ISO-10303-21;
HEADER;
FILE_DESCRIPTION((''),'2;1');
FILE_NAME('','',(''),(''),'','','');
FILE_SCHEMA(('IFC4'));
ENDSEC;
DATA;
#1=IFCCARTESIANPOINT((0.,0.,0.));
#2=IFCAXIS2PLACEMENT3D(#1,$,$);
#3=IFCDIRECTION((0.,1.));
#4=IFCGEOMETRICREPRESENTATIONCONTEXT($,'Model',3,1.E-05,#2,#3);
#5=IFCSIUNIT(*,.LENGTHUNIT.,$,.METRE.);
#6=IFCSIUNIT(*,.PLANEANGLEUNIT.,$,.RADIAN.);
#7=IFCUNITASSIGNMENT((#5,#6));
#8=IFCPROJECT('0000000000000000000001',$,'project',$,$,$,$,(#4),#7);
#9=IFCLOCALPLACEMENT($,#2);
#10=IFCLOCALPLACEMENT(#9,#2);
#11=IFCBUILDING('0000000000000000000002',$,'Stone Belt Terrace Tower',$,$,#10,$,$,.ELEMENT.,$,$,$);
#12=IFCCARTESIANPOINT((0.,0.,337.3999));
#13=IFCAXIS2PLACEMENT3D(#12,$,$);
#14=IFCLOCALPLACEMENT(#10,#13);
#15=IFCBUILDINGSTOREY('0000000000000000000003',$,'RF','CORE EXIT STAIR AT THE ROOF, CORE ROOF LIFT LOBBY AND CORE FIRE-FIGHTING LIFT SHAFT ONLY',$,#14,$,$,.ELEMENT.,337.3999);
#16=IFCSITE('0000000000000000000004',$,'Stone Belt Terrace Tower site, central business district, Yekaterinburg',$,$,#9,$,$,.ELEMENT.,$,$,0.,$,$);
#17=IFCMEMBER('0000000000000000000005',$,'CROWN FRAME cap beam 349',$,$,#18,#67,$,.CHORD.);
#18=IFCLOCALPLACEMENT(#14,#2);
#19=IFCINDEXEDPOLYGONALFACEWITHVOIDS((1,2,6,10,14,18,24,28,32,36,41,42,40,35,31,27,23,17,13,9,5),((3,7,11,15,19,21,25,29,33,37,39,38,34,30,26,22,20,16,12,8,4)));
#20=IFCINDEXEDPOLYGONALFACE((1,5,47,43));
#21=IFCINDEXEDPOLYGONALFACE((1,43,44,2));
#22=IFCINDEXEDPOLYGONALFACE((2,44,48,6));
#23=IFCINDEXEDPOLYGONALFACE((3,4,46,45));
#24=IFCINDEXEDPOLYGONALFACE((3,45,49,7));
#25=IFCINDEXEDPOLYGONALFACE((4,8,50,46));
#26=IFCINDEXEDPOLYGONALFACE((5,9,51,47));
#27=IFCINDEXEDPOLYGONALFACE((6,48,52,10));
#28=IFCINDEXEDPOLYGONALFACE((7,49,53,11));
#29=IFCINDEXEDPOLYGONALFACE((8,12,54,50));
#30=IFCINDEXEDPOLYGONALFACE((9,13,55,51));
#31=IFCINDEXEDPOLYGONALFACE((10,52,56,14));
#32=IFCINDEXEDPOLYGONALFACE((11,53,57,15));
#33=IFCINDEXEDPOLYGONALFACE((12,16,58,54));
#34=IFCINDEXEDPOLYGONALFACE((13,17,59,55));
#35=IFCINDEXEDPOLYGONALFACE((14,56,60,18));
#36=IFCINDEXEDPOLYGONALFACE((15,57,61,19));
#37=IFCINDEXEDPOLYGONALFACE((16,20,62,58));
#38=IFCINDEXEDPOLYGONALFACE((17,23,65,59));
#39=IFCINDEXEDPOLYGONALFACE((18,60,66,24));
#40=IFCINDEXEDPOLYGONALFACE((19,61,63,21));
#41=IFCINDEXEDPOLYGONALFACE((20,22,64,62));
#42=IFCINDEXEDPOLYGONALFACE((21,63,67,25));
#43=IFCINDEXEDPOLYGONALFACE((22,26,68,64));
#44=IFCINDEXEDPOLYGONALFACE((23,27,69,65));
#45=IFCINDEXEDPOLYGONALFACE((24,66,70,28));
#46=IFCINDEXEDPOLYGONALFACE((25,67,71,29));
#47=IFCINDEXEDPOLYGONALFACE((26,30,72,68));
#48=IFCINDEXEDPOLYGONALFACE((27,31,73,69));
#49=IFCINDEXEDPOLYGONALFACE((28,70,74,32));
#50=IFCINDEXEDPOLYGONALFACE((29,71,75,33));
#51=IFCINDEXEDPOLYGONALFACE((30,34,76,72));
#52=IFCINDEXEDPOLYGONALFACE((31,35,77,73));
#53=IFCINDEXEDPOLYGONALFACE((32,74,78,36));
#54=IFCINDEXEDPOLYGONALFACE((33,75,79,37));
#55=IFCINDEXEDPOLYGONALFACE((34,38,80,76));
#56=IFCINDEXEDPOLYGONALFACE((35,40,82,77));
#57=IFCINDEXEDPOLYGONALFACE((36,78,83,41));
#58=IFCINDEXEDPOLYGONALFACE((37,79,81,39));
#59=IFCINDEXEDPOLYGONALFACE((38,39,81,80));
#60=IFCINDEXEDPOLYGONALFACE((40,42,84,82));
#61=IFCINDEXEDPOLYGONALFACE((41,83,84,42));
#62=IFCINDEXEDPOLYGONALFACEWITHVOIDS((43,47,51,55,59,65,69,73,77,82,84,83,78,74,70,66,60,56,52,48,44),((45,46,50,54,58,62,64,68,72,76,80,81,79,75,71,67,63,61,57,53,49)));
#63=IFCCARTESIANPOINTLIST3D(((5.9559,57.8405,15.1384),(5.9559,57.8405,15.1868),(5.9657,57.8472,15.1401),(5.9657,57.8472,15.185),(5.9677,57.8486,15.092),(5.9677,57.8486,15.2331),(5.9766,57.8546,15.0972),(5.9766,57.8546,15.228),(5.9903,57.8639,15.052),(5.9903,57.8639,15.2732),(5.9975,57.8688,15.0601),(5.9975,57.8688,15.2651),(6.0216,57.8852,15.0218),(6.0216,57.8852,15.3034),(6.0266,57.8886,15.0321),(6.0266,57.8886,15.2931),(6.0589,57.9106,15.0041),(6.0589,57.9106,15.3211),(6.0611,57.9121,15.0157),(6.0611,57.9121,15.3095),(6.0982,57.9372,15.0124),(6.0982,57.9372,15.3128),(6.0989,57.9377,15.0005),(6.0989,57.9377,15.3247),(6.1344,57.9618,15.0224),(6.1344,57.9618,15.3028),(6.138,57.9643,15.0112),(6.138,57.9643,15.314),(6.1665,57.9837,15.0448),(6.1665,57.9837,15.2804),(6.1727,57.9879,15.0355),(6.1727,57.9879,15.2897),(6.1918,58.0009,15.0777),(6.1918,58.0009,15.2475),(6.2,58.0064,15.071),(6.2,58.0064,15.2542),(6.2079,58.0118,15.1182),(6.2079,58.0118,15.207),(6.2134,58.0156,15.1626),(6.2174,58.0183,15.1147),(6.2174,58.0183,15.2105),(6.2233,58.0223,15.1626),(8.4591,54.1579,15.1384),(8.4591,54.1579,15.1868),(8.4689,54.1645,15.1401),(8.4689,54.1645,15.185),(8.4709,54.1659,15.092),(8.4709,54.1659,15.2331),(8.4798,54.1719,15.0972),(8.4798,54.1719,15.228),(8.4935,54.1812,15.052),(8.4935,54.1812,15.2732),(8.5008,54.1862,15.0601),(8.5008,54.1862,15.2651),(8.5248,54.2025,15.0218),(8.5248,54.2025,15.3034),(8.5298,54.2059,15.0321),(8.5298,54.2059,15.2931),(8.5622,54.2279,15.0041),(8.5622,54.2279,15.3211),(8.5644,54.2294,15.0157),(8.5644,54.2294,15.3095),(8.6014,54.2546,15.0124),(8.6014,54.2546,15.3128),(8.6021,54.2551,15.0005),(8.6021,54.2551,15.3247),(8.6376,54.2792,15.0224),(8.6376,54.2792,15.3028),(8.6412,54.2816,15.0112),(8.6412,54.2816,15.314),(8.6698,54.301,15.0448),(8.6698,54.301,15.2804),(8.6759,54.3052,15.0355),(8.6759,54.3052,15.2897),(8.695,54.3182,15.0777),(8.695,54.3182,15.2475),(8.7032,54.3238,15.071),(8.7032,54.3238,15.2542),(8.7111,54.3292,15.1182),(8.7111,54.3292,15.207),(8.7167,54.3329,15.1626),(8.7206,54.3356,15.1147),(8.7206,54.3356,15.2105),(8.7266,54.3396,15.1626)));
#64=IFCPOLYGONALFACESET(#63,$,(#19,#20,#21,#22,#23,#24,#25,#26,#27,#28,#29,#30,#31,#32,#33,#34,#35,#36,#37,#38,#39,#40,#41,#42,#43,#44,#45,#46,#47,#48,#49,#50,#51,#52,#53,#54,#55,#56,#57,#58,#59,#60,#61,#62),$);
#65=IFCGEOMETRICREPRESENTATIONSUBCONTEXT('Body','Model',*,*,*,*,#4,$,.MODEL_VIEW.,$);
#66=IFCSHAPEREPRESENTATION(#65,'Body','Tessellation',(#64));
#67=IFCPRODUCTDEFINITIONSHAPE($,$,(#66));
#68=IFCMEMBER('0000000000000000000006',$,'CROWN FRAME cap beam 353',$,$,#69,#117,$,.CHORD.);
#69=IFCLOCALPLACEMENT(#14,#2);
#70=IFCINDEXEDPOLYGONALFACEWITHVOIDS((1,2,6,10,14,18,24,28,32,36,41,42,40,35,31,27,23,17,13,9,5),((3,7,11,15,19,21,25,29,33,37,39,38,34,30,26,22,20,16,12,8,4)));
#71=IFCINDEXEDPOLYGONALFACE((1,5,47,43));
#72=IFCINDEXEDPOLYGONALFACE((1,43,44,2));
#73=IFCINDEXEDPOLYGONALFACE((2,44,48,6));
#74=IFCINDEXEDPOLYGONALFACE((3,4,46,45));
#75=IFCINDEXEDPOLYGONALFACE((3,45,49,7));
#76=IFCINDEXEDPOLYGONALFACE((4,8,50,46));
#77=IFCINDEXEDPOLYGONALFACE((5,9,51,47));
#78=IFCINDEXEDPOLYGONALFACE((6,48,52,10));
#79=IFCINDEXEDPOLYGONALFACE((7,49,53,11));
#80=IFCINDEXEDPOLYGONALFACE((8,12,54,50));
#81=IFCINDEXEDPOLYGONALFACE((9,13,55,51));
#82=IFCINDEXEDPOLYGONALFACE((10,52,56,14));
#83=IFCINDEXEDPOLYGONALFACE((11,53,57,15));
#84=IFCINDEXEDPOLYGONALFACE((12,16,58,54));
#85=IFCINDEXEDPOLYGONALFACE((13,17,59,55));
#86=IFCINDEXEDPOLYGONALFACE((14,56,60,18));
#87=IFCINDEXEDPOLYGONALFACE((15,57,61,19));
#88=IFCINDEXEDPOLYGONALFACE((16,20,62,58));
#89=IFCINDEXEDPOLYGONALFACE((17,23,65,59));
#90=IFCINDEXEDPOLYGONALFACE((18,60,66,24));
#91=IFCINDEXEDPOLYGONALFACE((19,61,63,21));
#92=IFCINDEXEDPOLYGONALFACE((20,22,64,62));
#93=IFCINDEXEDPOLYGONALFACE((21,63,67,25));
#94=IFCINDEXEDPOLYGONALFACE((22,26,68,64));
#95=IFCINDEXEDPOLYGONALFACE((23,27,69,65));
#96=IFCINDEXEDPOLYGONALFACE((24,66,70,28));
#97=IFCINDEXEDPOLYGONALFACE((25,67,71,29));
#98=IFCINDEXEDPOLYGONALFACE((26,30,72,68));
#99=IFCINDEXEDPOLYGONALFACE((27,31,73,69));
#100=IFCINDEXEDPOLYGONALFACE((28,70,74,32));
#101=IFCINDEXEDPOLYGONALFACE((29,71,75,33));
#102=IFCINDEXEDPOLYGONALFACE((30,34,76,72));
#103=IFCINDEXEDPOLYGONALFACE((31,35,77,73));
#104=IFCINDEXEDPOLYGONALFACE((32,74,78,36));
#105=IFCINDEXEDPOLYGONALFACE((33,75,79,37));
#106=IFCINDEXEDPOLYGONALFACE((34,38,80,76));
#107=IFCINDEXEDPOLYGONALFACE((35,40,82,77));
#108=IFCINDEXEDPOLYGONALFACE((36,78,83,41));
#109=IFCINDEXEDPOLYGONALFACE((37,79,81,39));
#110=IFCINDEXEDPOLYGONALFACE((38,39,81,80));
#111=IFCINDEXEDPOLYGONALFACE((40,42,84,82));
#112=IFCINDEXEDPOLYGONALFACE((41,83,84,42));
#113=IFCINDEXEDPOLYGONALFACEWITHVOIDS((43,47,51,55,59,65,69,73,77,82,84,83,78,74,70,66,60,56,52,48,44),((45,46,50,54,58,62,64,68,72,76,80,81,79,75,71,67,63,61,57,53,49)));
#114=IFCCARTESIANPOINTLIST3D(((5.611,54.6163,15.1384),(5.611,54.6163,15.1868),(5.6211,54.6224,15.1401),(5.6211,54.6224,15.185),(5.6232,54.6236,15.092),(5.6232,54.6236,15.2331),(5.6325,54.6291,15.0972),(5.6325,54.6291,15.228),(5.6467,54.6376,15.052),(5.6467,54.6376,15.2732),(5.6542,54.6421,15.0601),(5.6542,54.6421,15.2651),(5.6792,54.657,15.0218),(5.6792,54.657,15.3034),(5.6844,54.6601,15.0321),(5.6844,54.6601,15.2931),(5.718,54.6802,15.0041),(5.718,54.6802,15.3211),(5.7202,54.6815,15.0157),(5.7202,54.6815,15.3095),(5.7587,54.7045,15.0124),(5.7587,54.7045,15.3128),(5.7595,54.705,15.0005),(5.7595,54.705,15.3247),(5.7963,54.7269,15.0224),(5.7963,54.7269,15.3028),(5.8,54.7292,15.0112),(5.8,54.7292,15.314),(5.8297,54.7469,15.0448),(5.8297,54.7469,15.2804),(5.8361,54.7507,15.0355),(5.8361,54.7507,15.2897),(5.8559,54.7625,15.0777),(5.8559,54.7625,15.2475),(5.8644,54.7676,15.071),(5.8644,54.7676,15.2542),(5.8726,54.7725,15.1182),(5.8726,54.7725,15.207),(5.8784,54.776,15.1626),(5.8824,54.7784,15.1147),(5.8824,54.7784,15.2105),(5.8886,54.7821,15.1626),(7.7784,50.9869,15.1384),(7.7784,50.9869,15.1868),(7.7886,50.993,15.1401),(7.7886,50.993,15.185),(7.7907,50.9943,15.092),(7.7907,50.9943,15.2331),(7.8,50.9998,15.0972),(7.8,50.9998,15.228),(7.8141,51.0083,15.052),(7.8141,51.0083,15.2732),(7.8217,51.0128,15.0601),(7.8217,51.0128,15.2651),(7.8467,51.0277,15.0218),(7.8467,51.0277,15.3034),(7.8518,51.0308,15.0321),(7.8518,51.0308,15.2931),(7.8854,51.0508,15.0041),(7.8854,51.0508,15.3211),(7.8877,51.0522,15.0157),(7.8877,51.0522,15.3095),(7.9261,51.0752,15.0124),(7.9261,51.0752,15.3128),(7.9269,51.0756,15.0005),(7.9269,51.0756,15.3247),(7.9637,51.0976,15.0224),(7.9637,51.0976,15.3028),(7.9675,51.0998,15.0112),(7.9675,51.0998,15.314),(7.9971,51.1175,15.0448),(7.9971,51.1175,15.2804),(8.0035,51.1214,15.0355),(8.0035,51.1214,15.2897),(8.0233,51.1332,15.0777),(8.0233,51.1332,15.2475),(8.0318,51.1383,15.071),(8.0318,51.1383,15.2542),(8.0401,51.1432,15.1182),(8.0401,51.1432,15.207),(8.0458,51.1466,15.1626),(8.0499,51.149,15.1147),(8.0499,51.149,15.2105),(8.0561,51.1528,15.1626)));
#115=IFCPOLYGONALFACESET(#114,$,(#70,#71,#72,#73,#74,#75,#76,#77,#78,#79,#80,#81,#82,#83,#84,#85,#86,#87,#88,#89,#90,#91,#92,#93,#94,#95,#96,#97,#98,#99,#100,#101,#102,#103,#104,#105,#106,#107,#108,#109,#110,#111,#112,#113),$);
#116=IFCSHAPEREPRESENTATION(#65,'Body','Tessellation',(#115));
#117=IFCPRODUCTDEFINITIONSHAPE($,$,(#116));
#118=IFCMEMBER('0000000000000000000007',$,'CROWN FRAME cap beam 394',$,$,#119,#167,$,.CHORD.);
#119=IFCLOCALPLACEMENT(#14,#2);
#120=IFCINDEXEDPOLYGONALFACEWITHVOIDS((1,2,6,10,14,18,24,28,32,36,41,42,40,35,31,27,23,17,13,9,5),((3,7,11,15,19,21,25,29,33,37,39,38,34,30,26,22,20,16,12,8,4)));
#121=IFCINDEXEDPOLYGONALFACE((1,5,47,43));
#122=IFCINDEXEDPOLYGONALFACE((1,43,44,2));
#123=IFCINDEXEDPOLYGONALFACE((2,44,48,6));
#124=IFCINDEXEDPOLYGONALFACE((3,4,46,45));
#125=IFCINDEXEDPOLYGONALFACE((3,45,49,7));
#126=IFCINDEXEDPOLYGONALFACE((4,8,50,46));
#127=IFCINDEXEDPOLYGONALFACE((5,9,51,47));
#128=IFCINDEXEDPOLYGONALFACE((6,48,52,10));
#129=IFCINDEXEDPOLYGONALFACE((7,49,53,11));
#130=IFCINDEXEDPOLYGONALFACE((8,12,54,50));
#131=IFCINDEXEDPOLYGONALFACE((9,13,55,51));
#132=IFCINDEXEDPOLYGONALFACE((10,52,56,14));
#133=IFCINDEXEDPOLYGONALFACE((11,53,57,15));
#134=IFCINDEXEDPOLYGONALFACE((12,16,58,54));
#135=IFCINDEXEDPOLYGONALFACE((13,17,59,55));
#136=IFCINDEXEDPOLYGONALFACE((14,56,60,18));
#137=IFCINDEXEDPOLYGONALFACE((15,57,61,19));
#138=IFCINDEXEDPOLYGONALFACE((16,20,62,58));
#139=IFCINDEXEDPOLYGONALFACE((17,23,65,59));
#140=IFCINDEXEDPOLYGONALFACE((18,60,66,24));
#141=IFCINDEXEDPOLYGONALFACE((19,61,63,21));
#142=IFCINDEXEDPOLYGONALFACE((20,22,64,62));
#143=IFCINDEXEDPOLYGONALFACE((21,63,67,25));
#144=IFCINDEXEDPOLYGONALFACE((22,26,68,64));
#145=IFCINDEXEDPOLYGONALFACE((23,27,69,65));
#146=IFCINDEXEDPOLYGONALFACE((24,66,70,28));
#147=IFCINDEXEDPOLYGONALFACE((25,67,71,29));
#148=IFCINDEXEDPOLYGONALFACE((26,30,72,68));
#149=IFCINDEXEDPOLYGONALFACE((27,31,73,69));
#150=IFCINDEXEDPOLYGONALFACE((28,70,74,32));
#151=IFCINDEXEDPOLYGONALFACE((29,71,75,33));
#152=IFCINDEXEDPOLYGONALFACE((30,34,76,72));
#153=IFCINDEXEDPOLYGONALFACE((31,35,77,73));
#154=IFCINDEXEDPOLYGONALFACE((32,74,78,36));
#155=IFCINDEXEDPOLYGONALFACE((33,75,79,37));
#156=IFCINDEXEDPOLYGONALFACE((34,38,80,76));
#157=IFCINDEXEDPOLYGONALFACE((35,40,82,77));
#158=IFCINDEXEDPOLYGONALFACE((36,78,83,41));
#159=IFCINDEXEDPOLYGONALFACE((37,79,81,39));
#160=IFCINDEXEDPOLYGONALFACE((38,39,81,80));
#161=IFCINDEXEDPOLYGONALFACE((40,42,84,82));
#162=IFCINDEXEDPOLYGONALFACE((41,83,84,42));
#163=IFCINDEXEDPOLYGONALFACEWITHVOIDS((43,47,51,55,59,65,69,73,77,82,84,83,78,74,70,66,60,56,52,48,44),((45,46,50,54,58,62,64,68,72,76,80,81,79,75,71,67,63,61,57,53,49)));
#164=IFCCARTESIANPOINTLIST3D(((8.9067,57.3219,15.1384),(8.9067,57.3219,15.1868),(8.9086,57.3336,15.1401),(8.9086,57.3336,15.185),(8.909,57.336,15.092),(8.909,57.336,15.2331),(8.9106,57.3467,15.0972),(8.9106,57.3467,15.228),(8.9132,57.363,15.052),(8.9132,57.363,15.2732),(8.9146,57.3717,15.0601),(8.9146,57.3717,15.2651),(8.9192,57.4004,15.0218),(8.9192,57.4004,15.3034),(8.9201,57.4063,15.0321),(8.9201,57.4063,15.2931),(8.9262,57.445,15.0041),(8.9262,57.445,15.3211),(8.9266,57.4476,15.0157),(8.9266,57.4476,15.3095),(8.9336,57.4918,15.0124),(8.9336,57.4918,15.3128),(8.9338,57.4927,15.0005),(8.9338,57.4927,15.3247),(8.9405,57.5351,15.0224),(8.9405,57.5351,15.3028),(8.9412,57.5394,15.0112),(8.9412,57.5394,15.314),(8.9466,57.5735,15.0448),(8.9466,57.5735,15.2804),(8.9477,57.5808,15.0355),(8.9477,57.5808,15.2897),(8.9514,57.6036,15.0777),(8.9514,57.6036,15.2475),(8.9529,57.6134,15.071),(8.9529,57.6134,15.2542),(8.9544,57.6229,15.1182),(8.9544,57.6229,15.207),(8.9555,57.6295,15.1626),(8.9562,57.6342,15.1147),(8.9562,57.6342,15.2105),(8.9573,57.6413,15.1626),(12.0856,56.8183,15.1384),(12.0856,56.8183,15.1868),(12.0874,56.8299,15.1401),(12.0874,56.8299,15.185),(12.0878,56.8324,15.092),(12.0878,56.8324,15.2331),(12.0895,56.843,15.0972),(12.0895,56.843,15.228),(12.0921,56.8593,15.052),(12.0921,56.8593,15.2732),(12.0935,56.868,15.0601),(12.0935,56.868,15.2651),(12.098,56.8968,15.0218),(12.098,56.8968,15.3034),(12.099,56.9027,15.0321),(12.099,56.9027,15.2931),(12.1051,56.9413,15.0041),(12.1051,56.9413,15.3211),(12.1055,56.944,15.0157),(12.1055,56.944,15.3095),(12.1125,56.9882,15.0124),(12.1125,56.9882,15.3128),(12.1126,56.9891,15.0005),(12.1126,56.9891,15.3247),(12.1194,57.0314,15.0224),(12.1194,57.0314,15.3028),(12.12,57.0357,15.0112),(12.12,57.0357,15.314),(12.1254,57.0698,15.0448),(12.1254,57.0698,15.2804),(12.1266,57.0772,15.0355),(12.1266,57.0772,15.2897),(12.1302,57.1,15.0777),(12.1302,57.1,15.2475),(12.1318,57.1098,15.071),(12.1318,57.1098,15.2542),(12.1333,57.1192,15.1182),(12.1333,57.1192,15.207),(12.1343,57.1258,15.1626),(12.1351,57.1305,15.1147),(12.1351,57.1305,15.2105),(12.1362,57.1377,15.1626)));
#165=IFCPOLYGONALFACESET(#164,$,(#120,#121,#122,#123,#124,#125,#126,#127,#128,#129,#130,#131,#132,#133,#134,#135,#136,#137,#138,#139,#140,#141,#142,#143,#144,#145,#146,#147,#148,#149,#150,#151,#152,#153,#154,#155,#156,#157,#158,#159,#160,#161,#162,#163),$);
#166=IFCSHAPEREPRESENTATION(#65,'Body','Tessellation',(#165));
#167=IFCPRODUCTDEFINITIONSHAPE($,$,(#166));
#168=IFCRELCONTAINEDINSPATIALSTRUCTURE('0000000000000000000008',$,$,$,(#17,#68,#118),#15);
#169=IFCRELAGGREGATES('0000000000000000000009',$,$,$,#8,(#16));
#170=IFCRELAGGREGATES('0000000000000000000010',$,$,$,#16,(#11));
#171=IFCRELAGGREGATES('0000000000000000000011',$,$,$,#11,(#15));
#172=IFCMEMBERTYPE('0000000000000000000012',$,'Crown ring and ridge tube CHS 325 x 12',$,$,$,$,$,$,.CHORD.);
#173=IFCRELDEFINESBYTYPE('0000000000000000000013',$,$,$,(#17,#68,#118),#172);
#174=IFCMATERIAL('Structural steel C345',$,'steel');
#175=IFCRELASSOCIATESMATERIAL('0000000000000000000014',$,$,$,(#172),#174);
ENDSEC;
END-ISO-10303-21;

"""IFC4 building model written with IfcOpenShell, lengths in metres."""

from ifc_helpers import new_model, si_unit, direction, frame, origin, origin_2d, place, context, subcontext, project, spatial, hollow_circle, extrude, material, material_profile, profile_set, type_object, element, save


model = new_model("IFC4")

# Units and contexts
model_context = context("Model", 3, precision=1e-05, world=origin(), true_north=direction((0.0, 1.0)))
body_context = subcontext(model_context, "Body", "Model", "MODEL_VIEW")
ifc_project = project(units=[si_unit("LENGTHUNIT", "METRE"), si_unit("PLANEANGLEUNIT", "RADIAN")], contexts=[model_context])

# Site, building, storey
site_placement = place(None, origin())
site = spatial("IfcSite", under=ifc_project, at=site_placement, Name="Stone Belt Terrace Tower site, central business district, Yekaterinburg", CompositionType="ELEMENT", RefElevation=0.0)
building_placement = place(site_placement, origin())
building = spatial("IfcBuilding", under=site, at=building_placement, Name="Stone Belt Terrace Tower", CompositionType="ELEMENT")
storey_placement = place(building_placement, frame((0.0, 0.0, 337.3999)))
storey = spatial("IfcBuildingStorey", under=building, at=storey_placement, Name="RF", Description="CORE EXIT STAIR AT THE ROOF, CORE ROOF LIFT LOBBY AND CORE FIRE-FIGHTING LIFT SHAFT ONLY", CompositionType="ELEMENT", Elevation=337.3999)

# Members
ifc_material_1 = material(Name="Structural steel C345", Category="steel")
ifc_material_profile = material_profile(ifc_material_1, hollow_circle(Radius=0.1626, WallThickness=0.012, at=origin_2d()), Name="Structural steel C345 CHS 325x12")
ifc_profile_set = profile_set([ifc_material_profile], Name="Structural steel C345")
member_type = type_object("IfcMemberType", Name="Crown ring and ridge tube CHS 325 x 12", PredefinedType="CHORD", material=ifc_profile_set)
member_1_placement = place(storey_placement, frame((6.0889, 57.9309, 15.1626), z_axis=(0.562156, -0.827032, 0.0), x_axis=(0.827032, 0.562156, 0.0)))
element("IfcMember", 1, at=member_1_placement, inside=storey, type_object=member_type, Name="CROWN FRAME cap beam 349", PredefinedType="CHORD", context=body_context, shape_type="SweptSolid", body=[
    extrude(hollow_circle(Radius=0.1626, WallThickness=0.012, at=origin_2d()), origin(), (0.0, 0.0, 1.0), 4.4529),
])
member_2_placement = place(storey_placement, frame((5.749, 54.6987, 15.1626), z_axis=(0.512728, -0.858551, 0.0), x_axis=(0.858551, 0.512728, 0.0)))
element("IfcMember", 2, at=member_2_placement, inside=storey, type_object=member_type, Name="CROWN FRAME cap beam 353", PredefinedType="CHORD", context=body_context, shape_type="SweptSolid", body=[
    extrude(hollow_circle(Radius=0.1626, WallThickness=0.012, at=origin_2d()), origin(), (0.0, 0.0, 1.0), 4.2273),
])
member_3_placement = place(storey_placement, frame((8.9319, 57.4807, 15.1626), z_axis=(0.98768, -0.156485, 0.0), x_axis=(0.156485, 0.98768, 0.0)))
element("IfcMember", 3, at=member_3_placement, inside=storey, type_object=member_type, Name="CROWN FRAME cap beam 394", PredefinedType="CHORD", context=body_context, shape_type="SweptSolid", body=[
    extrude(hollow_circle(Radius=0.1626, WallThickness=0.012, at=origin_2d()), origin(), (0.0, 0.0, 1.0), 3.2185),
])

save(model, "model.ifc")
